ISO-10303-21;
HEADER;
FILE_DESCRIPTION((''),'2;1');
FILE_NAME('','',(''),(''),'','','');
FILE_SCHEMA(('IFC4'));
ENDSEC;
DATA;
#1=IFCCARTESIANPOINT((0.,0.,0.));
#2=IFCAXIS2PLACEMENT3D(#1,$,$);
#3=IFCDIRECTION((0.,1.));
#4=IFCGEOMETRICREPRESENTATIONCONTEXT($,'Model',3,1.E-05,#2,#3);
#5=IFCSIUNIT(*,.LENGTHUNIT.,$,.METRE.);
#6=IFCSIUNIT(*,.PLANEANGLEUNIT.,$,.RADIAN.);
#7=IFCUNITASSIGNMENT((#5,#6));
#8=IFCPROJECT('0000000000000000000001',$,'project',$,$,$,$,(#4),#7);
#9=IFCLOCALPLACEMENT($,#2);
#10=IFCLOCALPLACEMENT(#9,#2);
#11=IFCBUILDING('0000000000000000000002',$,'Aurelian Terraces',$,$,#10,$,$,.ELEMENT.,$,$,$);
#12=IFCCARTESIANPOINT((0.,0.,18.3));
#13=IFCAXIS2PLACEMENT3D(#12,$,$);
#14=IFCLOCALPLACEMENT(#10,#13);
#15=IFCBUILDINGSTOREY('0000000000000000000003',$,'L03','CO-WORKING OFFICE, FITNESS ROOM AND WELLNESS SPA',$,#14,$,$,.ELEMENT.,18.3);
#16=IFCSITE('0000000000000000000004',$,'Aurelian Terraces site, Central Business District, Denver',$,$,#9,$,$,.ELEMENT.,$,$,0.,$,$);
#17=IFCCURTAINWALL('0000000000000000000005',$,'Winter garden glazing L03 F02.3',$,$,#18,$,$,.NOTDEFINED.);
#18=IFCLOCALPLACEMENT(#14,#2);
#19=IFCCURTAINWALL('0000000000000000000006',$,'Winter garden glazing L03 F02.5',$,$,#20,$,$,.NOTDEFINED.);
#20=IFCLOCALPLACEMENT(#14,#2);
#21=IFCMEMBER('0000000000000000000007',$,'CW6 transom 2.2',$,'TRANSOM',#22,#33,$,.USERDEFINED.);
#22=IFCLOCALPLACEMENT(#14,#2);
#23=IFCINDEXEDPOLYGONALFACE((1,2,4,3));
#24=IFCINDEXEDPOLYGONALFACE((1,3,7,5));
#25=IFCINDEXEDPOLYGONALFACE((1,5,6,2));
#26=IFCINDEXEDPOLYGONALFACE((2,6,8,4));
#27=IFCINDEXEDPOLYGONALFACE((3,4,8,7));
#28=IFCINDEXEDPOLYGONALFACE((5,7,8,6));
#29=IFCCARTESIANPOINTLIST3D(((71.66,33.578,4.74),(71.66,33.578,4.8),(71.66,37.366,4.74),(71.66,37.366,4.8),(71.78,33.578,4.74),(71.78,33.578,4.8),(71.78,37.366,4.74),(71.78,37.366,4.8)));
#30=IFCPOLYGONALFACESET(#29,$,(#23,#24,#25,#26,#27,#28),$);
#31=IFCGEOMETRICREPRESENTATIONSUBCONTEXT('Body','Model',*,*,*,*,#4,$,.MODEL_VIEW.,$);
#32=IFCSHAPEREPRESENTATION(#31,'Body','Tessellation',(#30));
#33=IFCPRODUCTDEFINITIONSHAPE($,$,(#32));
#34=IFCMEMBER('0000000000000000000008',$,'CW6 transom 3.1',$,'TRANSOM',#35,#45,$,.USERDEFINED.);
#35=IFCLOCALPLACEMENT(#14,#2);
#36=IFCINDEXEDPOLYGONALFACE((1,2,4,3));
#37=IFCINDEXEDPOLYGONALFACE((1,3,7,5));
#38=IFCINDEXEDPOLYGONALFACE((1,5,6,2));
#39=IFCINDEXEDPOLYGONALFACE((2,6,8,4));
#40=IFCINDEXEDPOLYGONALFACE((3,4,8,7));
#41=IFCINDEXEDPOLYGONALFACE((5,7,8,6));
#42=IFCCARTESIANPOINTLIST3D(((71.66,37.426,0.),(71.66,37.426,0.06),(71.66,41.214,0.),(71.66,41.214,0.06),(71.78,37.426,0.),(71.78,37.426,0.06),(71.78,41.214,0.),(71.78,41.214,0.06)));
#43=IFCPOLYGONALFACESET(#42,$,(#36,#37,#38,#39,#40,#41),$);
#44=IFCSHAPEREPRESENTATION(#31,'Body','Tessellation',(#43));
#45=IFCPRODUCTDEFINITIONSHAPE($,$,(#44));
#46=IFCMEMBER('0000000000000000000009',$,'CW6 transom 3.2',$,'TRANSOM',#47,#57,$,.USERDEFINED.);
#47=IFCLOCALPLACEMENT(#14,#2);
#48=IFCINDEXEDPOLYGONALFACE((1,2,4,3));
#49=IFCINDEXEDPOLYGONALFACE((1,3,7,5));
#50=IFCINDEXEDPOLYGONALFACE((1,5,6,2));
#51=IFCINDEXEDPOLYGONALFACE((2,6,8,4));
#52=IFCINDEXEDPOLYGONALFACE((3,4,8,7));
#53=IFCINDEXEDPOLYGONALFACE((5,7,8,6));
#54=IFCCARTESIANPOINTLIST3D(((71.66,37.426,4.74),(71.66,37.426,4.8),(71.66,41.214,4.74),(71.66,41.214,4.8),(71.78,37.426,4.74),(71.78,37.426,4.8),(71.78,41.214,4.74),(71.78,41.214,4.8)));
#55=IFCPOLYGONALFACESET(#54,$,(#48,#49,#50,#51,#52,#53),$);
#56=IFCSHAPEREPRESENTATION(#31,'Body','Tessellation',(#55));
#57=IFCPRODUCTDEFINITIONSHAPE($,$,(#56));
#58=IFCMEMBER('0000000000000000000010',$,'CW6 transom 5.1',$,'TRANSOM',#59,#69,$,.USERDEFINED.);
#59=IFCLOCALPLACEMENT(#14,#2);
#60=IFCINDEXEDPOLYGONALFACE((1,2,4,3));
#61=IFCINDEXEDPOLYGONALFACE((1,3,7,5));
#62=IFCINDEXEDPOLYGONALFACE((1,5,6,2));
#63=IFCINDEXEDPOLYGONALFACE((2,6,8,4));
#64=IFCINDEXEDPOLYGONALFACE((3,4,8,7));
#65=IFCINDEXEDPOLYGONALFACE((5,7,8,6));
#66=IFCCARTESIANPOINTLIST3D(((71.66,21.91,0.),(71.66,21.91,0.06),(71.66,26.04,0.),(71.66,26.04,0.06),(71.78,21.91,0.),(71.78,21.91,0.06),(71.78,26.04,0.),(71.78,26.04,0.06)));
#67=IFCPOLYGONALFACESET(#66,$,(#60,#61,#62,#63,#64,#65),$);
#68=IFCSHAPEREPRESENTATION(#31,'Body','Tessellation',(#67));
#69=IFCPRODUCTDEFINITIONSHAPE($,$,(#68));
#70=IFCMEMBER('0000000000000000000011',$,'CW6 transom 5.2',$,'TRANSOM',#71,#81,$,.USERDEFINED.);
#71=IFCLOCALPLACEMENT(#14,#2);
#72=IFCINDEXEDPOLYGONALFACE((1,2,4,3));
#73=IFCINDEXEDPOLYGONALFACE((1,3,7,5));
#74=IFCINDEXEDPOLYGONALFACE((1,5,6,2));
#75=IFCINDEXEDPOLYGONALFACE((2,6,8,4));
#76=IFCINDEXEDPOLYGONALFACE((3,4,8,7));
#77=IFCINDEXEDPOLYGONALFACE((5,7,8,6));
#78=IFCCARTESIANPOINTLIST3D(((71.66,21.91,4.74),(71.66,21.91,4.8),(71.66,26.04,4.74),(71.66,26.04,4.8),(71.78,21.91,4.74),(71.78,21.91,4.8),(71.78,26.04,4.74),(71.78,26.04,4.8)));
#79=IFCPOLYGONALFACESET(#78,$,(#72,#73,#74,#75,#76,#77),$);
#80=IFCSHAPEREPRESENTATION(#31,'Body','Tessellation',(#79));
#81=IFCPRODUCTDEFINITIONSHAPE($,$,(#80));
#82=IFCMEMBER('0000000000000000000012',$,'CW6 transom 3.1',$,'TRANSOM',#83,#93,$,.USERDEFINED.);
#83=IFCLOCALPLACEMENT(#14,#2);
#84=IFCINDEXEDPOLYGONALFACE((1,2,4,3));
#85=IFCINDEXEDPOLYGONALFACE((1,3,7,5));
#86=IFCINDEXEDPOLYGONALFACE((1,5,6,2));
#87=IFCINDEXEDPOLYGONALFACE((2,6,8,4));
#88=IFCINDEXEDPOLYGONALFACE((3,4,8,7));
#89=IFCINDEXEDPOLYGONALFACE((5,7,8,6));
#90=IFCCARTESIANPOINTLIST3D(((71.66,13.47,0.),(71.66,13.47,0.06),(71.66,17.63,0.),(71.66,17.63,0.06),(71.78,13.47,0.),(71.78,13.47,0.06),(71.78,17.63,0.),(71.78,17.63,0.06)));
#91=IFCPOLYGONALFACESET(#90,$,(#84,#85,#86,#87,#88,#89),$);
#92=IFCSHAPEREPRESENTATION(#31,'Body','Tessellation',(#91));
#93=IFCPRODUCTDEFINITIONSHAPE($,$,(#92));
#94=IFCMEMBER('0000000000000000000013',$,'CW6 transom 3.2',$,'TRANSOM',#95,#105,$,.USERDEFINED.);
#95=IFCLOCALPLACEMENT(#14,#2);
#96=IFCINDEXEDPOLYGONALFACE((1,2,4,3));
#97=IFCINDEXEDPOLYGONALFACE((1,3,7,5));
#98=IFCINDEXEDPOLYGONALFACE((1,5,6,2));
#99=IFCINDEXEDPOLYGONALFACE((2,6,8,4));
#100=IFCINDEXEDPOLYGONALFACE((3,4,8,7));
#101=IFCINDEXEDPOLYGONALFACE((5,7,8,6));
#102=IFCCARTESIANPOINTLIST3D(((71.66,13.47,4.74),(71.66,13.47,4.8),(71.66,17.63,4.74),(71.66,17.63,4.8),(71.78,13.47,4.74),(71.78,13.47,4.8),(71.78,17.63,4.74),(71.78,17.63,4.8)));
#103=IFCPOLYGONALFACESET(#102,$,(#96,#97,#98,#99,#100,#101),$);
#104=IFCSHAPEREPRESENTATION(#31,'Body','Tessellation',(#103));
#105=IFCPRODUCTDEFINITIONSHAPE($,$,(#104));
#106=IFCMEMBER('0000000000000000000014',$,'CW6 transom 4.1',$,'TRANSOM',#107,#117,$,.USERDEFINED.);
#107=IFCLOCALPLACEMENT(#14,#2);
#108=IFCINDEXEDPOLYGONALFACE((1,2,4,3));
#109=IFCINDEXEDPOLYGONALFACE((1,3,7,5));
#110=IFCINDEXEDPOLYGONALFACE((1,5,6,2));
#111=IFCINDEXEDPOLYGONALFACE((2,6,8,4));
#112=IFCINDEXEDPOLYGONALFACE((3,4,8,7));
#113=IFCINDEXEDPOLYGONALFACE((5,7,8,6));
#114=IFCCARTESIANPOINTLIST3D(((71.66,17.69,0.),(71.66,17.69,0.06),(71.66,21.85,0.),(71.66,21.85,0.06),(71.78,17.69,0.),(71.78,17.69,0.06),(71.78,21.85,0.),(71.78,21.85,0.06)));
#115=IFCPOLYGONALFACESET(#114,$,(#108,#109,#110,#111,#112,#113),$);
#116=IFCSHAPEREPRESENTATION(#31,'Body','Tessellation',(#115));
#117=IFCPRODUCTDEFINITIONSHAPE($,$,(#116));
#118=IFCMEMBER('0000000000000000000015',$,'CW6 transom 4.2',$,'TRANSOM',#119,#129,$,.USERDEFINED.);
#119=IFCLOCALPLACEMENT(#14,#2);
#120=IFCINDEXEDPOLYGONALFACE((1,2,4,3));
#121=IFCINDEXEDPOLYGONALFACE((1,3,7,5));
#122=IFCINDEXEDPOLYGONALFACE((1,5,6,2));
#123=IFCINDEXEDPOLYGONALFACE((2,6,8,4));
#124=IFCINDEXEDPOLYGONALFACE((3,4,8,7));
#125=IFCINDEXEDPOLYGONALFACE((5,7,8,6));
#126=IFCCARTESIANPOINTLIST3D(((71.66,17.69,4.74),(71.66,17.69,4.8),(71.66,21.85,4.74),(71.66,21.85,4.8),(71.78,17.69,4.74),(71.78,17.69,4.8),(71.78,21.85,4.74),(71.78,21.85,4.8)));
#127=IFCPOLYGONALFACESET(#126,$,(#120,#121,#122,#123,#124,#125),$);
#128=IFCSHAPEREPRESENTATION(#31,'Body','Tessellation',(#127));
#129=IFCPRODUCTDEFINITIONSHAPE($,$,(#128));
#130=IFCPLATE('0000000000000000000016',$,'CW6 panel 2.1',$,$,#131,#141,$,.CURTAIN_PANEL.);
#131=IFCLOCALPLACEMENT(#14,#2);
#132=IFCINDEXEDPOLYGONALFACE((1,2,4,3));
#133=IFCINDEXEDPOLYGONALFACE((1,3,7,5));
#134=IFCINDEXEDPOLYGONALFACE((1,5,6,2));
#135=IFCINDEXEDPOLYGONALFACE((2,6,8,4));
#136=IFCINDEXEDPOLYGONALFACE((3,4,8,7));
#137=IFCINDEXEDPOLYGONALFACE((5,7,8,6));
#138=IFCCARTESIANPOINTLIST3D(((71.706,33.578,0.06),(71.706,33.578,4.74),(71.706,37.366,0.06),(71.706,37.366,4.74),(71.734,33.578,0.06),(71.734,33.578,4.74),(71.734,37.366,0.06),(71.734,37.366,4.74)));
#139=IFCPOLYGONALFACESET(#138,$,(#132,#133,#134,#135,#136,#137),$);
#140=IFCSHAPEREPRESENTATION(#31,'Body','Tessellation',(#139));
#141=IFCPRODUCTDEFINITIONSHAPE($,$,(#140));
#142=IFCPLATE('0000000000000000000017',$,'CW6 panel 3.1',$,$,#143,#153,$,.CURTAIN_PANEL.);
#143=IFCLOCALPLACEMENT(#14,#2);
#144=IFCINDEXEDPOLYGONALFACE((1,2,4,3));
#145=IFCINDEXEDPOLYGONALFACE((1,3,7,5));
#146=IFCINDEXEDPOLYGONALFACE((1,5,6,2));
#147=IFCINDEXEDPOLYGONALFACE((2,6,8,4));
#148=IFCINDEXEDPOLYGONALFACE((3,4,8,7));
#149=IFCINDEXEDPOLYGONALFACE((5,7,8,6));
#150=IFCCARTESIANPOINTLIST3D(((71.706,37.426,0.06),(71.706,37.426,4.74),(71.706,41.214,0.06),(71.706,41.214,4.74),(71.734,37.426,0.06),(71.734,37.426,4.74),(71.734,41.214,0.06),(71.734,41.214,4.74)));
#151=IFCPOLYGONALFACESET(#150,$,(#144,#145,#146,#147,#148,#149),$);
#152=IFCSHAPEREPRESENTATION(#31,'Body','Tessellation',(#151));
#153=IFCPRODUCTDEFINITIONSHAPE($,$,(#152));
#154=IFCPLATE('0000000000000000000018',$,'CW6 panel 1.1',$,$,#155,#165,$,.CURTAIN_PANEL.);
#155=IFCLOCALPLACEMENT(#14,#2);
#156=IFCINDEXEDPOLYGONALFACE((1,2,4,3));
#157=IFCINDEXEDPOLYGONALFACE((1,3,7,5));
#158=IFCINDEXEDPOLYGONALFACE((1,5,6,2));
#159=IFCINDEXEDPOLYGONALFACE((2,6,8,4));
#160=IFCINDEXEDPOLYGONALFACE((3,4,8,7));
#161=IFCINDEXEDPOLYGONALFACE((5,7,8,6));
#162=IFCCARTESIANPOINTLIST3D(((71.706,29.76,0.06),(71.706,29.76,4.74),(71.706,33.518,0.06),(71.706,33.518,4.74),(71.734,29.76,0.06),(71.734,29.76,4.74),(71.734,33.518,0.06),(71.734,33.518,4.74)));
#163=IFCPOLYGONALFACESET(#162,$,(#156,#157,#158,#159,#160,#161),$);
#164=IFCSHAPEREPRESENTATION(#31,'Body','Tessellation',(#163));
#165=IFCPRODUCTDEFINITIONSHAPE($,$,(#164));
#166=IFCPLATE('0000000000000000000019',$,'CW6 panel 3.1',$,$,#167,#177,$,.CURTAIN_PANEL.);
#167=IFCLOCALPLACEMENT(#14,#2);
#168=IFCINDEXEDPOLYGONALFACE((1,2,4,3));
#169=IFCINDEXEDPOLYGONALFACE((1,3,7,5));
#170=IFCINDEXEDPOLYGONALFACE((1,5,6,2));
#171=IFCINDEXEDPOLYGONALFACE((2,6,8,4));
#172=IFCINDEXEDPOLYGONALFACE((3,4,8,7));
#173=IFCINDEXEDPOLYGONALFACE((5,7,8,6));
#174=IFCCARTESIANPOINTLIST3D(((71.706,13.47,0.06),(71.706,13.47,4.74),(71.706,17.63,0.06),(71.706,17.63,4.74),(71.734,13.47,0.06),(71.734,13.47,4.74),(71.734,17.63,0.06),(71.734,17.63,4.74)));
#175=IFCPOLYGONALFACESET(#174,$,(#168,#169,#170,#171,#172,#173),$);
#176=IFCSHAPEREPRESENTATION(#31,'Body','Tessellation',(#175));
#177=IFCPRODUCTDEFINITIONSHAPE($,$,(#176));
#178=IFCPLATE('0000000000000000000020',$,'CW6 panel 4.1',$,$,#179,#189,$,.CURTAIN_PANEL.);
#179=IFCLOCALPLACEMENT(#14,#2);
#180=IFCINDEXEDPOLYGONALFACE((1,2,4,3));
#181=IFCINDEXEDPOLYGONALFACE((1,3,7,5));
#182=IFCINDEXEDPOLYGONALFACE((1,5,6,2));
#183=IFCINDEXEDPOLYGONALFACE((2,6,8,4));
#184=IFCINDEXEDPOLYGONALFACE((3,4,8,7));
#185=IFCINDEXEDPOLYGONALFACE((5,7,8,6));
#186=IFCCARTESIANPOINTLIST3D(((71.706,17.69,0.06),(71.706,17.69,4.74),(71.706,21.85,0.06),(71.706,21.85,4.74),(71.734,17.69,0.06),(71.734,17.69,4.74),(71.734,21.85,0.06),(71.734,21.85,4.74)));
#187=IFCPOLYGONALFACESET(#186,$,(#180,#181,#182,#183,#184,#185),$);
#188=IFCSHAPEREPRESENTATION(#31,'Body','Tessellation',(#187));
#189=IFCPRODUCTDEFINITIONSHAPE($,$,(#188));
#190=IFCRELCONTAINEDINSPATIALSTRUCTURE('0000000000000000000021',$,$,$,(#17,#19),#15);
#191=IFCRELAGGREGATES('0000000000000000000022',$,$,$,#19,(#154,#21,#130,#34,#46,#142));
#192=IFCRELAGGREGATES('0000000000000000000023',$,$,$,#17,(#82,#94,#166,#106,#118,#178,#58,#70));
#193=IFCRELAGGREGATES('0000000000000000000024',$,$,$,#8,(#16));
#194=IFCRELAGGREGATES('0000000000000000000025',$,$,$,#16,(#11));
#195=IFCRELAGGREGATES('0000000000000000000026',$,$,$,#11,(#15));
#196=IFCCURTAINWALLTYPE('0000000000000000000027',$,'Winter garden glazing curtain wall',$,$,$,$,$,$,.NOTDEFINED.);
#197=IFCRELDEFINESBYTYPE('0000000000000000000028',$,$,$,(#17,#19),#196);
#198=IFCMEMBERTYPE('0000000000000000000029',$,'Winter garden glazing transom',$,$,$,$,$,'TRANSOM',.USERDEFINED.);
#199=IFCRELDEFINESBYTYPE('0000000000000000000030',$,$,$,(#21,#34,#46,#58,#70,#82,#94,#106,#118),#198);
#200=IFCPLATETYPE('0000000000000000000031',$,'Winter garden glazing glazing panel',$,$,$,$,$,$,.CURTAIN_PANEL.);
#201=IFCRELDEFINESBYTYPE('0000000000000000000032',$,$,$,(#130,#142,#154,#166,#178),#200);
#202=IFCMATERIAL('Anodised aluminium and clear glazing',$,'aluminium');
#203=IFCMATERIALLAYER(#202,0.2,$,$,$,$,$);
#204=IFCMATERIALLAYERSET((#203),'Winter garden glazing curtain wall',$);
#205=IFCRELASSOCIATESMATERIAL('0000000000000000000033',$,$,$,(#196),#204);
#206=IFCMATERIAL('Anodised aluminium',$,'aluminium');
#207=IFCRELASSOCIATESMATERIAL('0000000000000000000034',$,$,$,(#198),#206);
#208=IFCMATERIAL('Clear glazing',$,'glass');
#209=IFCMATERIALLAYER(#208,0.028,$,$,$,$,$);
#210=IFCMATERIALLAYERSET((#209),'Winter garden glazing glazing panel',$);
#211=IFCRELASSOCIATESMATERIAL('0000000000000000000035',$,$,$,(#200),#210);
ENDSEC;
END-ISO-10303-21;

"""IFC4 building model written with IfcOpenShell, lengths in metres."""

from ifc_helpers import new_model, si_unit, direction, frame, origin, origin_2d, place, context, subcontext, project, spatial, rectangle, extrude, source, transform, mapped, material, layer, layer_set, material_profile, profile_set, type_object, element, aggregate, save


model = new_model("IFC4")

# Units and contexts
model_context = context("Model", 3, precision=1e-05, world=origin(), true_north=direction((0.0, 1.0)))
body_context = subcontext(model_context, "Body", "Model", "MODEL_VIEW")
ifc_project = project(units=[si_unit("LENGTHUNIT", "METRE"), si_unit("PLANEANGLEUNIT", "RADIAN")], contexts=[model_context])

# Site, building, storey
site_placement = place(None, origin())
site = spatial("IfcSite", under=ifc_project, at=site_placement, Name="Aurelian Terraces site, Central Business District, Denver", CompositionType="ELEMENT", RefElevation=0.0)
building_placement = place(site_placement, origin())
building = spatial("IfcBuilding", under=site, at=building_placement, Name="Aurelian Terraces", CompositionType="ELEMENT")
storey_placement = place(building_placement, frame((0.0, 0.0, 18.3)))
storey = spatial("IfcBuildingStorey", under=building, at=storey_placement, Name="L03", Description="CO-WORKING OFFICE, FITNESS ROOM AND WELLNESS SPA", CompositionType="ELEMENT", Elevation=18.3)

# Curtain walls, members
ifc_material_1 = material(Name="Anodised aluminium and clear glazing", Category="aluminium")
ifc_layer_1 = layer(ifc_material_1, 0.2)
ifc_layer_set_1 = layer_set([ifc_layer_1], Name="Winter garden glazing curtain wall")
curtain_wall_type = type_object("IfcCurtainWallType", Name="Winter garden glazing curtain wall", PredefinedType="NOTDEFINED", material=ifc_layer_set_1)
curtain_wall_1_placement = place(storey_placement, origin())
curtain_wall_1 = element("IfcCurtainWall", 1, at=curtain_wall_1_placement, inside=storey, type_object=curtain_wall_type, Name="Winter garden glazing L03 F02.3", PredefinedType="NOTDEFINED")
ifc_material_2 = material(Name="Anodised aluminium", Category="aluminium")
curtain_wall_2_placement = place(storey_placement, origin())
curtain_wall_2 = element("IfcCurtainWall", 2, at=curtain_wall_2_placement, inside=storey, type_object=curtain_wall_type, Name="Winter garden glazing L03 F02.5", PredefinedType="NOTDEFINED")
ifc_material_profile_1 = material_profile(ifc_material_2, rectangle(XDim=0.12, YDim=0.06, at=origin_2d()))
ifc_profile_set_1 = profile_set([ifc_material_profile_1], Name="Anodised aluminium")
member_type_1 = type_object("IfcMemberType", Name="Winter garden glazing transom", ElementType="TRANSOM", PredefinedType="USERDEFINED", material=ifc_profile_set_1)
shared_shape_1 = source(origin(), body_context, "Body", "SweptSolid", [
    extrude(rectangle(XDim=0.12, YDim=0.06, at=origin_2d()), origin(), (0.0, 0.0, 1.0), 3.788),
])
member_1_placement = place(storey_placement, frame((71.72, 33.578, 4.77), z_axis=(0.0, 1.0, 0.0), x_axis=(-1.0, 0.0, 0.0)))
member_1 = element("IfcMember", 3, at=member_1_placement, type_object=member_type_1, Name="CW6 transom 2.2", ObjectType="TRANSOM", PredefinedType="USERDEFINED", context=body_context, shape_type="MappedRepresentation", body=[
    mapped(shared_shape_1, transform((0.0, 0.0, 0.0), scale=1.0)),
])
member_2_placement = place(storey_placement, frame((71.72, 37.426, 0.03), z_axis=(0.0, 1.0, 0.0), x_axis=(-1.0, 0.0, 0.0)))
member_2 = element("IfcMember", 4, at=member_2_placement, type_object=member_type_1, Name="CW6 transom 3.1", ObjectType="TRANSOM", PredefinedType="USERDEFINED", context=body_context, shape_type="MappedRepresentation", body=[
    mapped(shared_shape_1, transform((0.0, 0.0, 0.0), scale=1.0)),
])
member_3_placement = place(storey_placement, frame((71.72, 37.426, 4.77), z_axis=(0.0, 1.0, 0.0), x_axis=(-1.0, 0.0, 0.0)))
member_3 = element("IfcMember", 5, at=member_3_placement, type_object=member_type_1, Name="CW6 transom 3.2", ObjectType="TRANSOM", PredefinedType="USERDEFINED", context=body_context, shape_type="MappedRepresentation", body=[
    mapped(shared_shape_1, transform((0.0, 0.0, 0.0), scale=1.0)),
])

# Members
shared_shape_2 = source(origin(), body_context, "Body", "SweptSolid", [
    extrude(rectangle(XDim=0.12, YDim=0.06, at=origin_2d()), origin(), (0.0, 0.0, 1.0), 4.13),
])
member_4_placement = place(storey_placement, frame((71.72, 21.91, 0.03), z_axis=(0.0, 1.0, 0.0), x_axis=(-1.0, 0.0, 0.0)))
member_4 = element("IfcMember", 6, at=member_4_placement, type_object=member_type_1, Name="CW6 transom 5.1", ObjectType="TRANSOM", PredefinedType="USERDEFINED", context=body_context, shape_type="MappedRepresentation", body=[
    mapped(shared_shape_2, transform((0.0, 0.0, 0.0), scale=1.0)),
])
member_5_placement = place(storey_placement, frame((71.72, 21.91, 4.77), z_axis=(0.0, 1.0, 0.0), x_axis=(-1.0, 0.0, 0.0)))
member_5 = element("IfcMember", 7, at=member_5_placement, type_object=member_type_1, Name="CW6 transom 5.2", ObjectType="TRANSOM", PredefinedType="USERDEFINED", context=body_context, shape_type="MappedRepresentation", body=[
    mapped(shared_shape_2, transform((0.0, 0.0, 0.0), scale=1.0)),
])
shared_shape_3 = source(origin(), body_context, "Body", "SweptSolid", [
    extrude(rectangle(XDim=0.12, YDim=0.06, at=origin_2d()), origin(), (0.0, 0.0, 1.0), 4.16),
])
member_6_placement = place(storey_placement, frame((71.72, 13.47, 0.03), z_axis=(0.0, 1.0, 0.0), x_axis=(-1.0, 0.0, 0.0)))
member_6 = element("IfcMember", 8, at=member_6_placement, type_object=member_type_1, Name="CW6 transom 3.1", ObjectType="TRANSOM", PredefinedType="USERDEFINED", context=body_context, shape_type="MappedRepresentation", body=[
    mapped(shared_shape_3, transform((0.0, 0.0, 0.0), scale=1.0)),
])
member_7_placement = place(storey_placement, frame((71.72, 13.47, 4.77), z_axis=(0.0, 1.0, 0.0), x_axis=(-1.0, 0.0, 0.0)))
member_7 = element("IfcMember", 9, at=member_7_placement, type_object=member_type_1, Name="CW6 transom 3.2", ObjectType="TRANSOM", PredefinedType="USERDEFINED", context=body_context, shape_type="MappedRepresentation", body=[
    mapped(shared_shape_3, transform((0.0, 0.0, 0.0), scale=1.0)),
])
member_8_placement = place(storey_placement, frame((71.72, 17.69, 0.03), z_axis=(0.0, 1.0, 0.0), x_axis=(-1.0, 0.0, 0.0)))
member_8 = element("IfcMember", 10, at=member_8_placement, type_object=member_type_1, Name="CW6 transom 4.1", ObjectType="TRANSOM", PredefinedType="USERDEFINED", context=body_context, shape_type="MappedRepresentation", body=[
    mapped(shared_shape_3, transform((0.0, 0.0, 0.0), scale=1.0)),
])
member_9_placement = place(storey_placement, frame((71.72, 17.69, 4.77), z_axis=(0.0, 1.0, 0.0), x_axis=(-1.0, 0.0, 0.0)))
member_9 = element("IfcMember", 11, at=member_9_placement, type_object=member_type_1, Name="CW6 transom 4.2", ObjectType="TRANSOM", PredefinedType="USERDEFINED", context=body_context, shape_type="MappedRepresentation", body=[
    mapped(shared_shape_3, transform((0.0, 0.0, 0.0), scale=1.0)),
])

# Plates
ifc_material_3 = material(Name="Clear glazing", Category="glass")
ifc_layer_2 = layer(ifc_material_3, 0.028)
ifc_layer_set_2 = layer_set([ifc_layer_2], Name="Winter garden glazing glazing panel")
plate_type = type_object("IfcPlateType", Name="Winter garden glazing glazing panel", PredefinedType="CURTAIN_PANEL", material=ifc_layer_set_2)
shared_shape_4 = source(origin(), body_context, "Body", "SweptSolid", [
    extrude(rectangle(XDim=3.788, YDim=0.028, at=origin_2d()), origin(), (0.0, 0.0, 1.0), 4.68),
])
plate_1_placement = place(storey_placement, frame((71.72, 35.472, 0.06), z_axis=(0.0, 0.0, 1.0), x_axis=(0.0, 1.0, 0.0)))
plate_1 = element("IfcPlate", 12, at=plate_1_placement, type_object=plate_type, Name="CW6 panel 2.1", PredefinedType="CURTAIN_PANEL", context=body_context, shape_type="MappedRepresentation", body=[
    mapped(shared_shape_4, transform((0.0, 0.0, 0.0), scale=1.0)),
])
plate_2_placement = place(storey_placement, frame((71.72, 39.32, 0.06), z_axis=(0.0, 0.0, 1.0), x_axis=(0.0, 1.0, 0.0)))
plate_2 = element("IfcPlate", 13, at=plate_2_placement, type_object=plate_type, Name="CW6 panel 3.1", PredefinedType="CURTAIN_PANEL", context=body_context, shape_type="MappedRepresentation", body=[
    mapped(shared_shape_4, transform((0.0, 0.0, 0.0), scale=1.0)),
])
shared_shape_5 = source(origin(), body_context, "Body", "SweptSolid", [
    extrude(rectangle(XDim=3.758, YDim=0.028, at=origin_2d()), origin(), (0.0, 0.0, 1.0), 4.68),
])
plate_3_placement = place(storey_placement, frame((71.72, 31.639, 0.06), z_axis=(0.0, 0.0, 1.0), x_axis=(0.0, 1.0, 0.0)))
plate_3 = element("IfcPlate", 14, at=plate_3_placement, type_object=plate_type, Name="CW6 panel 1.1", PredefinedType="CURTAIN_PANEL", context=body_context, shape_type="MappedRepresentation", body=[
    mapped(shared_shape_5, transform((0.0, 0.0, 0.0), scale=1.0)),
])
aggregate(curtain_wall_2, [plate_3, member_1, plate_1, member_2, member_3, plate_2])
shared_shape_6 = source(origin(), body_context, "Body", "SweptSolid", [
    extrude(rectangle(XDim=4.16, YDim=0.028, at=origin_2d()), origin(), (0.0, 0.0, 1.0), 4.68),
])
plate_4_placement = place(storey_placement, frame((71.72, 15.55, 0.06), z_axis=(0.0, 0.0, 1.0), x_axis=(0.0, 1.0, 0.0)))
plate_4 = element("IfcPlate", 15, at=plate_4_placement, type_object=plate_type, Name="CW6 panel 3.1", PredefinedType="CURTAIN_PANEL", context=body_context, shape_type="MappedRepresentation", body=[
    mapped(shared_shape_6, transform((0.0, 0.0, 0.0), scale=1.0)),
])
plate_5_placement = place(storey_placement, frame((71.72, 19.77, 0.06), z_axis=(0.0, 0.0, 1.0), x_axis=(0.0, 1.0, 0.0)))
plate_5 = element("IfcPlate", 16, at=plate_5_placement, type_object=plate_type, Name="CW6 panel 4.1", PredefinedType="CURTAIN_PANEL", context=body_context, shape_type="MappedRepresentation", body=[
    mapped(shared_shape_6, transform((0.0, 0.0, 0.0), scale=1.0)),
])
aggregate(curtain_wall_1, [member_6, member_7, plate_4, member_8, member_9, plate_5, member_4, member_5])

save(model, "model.ifc")
